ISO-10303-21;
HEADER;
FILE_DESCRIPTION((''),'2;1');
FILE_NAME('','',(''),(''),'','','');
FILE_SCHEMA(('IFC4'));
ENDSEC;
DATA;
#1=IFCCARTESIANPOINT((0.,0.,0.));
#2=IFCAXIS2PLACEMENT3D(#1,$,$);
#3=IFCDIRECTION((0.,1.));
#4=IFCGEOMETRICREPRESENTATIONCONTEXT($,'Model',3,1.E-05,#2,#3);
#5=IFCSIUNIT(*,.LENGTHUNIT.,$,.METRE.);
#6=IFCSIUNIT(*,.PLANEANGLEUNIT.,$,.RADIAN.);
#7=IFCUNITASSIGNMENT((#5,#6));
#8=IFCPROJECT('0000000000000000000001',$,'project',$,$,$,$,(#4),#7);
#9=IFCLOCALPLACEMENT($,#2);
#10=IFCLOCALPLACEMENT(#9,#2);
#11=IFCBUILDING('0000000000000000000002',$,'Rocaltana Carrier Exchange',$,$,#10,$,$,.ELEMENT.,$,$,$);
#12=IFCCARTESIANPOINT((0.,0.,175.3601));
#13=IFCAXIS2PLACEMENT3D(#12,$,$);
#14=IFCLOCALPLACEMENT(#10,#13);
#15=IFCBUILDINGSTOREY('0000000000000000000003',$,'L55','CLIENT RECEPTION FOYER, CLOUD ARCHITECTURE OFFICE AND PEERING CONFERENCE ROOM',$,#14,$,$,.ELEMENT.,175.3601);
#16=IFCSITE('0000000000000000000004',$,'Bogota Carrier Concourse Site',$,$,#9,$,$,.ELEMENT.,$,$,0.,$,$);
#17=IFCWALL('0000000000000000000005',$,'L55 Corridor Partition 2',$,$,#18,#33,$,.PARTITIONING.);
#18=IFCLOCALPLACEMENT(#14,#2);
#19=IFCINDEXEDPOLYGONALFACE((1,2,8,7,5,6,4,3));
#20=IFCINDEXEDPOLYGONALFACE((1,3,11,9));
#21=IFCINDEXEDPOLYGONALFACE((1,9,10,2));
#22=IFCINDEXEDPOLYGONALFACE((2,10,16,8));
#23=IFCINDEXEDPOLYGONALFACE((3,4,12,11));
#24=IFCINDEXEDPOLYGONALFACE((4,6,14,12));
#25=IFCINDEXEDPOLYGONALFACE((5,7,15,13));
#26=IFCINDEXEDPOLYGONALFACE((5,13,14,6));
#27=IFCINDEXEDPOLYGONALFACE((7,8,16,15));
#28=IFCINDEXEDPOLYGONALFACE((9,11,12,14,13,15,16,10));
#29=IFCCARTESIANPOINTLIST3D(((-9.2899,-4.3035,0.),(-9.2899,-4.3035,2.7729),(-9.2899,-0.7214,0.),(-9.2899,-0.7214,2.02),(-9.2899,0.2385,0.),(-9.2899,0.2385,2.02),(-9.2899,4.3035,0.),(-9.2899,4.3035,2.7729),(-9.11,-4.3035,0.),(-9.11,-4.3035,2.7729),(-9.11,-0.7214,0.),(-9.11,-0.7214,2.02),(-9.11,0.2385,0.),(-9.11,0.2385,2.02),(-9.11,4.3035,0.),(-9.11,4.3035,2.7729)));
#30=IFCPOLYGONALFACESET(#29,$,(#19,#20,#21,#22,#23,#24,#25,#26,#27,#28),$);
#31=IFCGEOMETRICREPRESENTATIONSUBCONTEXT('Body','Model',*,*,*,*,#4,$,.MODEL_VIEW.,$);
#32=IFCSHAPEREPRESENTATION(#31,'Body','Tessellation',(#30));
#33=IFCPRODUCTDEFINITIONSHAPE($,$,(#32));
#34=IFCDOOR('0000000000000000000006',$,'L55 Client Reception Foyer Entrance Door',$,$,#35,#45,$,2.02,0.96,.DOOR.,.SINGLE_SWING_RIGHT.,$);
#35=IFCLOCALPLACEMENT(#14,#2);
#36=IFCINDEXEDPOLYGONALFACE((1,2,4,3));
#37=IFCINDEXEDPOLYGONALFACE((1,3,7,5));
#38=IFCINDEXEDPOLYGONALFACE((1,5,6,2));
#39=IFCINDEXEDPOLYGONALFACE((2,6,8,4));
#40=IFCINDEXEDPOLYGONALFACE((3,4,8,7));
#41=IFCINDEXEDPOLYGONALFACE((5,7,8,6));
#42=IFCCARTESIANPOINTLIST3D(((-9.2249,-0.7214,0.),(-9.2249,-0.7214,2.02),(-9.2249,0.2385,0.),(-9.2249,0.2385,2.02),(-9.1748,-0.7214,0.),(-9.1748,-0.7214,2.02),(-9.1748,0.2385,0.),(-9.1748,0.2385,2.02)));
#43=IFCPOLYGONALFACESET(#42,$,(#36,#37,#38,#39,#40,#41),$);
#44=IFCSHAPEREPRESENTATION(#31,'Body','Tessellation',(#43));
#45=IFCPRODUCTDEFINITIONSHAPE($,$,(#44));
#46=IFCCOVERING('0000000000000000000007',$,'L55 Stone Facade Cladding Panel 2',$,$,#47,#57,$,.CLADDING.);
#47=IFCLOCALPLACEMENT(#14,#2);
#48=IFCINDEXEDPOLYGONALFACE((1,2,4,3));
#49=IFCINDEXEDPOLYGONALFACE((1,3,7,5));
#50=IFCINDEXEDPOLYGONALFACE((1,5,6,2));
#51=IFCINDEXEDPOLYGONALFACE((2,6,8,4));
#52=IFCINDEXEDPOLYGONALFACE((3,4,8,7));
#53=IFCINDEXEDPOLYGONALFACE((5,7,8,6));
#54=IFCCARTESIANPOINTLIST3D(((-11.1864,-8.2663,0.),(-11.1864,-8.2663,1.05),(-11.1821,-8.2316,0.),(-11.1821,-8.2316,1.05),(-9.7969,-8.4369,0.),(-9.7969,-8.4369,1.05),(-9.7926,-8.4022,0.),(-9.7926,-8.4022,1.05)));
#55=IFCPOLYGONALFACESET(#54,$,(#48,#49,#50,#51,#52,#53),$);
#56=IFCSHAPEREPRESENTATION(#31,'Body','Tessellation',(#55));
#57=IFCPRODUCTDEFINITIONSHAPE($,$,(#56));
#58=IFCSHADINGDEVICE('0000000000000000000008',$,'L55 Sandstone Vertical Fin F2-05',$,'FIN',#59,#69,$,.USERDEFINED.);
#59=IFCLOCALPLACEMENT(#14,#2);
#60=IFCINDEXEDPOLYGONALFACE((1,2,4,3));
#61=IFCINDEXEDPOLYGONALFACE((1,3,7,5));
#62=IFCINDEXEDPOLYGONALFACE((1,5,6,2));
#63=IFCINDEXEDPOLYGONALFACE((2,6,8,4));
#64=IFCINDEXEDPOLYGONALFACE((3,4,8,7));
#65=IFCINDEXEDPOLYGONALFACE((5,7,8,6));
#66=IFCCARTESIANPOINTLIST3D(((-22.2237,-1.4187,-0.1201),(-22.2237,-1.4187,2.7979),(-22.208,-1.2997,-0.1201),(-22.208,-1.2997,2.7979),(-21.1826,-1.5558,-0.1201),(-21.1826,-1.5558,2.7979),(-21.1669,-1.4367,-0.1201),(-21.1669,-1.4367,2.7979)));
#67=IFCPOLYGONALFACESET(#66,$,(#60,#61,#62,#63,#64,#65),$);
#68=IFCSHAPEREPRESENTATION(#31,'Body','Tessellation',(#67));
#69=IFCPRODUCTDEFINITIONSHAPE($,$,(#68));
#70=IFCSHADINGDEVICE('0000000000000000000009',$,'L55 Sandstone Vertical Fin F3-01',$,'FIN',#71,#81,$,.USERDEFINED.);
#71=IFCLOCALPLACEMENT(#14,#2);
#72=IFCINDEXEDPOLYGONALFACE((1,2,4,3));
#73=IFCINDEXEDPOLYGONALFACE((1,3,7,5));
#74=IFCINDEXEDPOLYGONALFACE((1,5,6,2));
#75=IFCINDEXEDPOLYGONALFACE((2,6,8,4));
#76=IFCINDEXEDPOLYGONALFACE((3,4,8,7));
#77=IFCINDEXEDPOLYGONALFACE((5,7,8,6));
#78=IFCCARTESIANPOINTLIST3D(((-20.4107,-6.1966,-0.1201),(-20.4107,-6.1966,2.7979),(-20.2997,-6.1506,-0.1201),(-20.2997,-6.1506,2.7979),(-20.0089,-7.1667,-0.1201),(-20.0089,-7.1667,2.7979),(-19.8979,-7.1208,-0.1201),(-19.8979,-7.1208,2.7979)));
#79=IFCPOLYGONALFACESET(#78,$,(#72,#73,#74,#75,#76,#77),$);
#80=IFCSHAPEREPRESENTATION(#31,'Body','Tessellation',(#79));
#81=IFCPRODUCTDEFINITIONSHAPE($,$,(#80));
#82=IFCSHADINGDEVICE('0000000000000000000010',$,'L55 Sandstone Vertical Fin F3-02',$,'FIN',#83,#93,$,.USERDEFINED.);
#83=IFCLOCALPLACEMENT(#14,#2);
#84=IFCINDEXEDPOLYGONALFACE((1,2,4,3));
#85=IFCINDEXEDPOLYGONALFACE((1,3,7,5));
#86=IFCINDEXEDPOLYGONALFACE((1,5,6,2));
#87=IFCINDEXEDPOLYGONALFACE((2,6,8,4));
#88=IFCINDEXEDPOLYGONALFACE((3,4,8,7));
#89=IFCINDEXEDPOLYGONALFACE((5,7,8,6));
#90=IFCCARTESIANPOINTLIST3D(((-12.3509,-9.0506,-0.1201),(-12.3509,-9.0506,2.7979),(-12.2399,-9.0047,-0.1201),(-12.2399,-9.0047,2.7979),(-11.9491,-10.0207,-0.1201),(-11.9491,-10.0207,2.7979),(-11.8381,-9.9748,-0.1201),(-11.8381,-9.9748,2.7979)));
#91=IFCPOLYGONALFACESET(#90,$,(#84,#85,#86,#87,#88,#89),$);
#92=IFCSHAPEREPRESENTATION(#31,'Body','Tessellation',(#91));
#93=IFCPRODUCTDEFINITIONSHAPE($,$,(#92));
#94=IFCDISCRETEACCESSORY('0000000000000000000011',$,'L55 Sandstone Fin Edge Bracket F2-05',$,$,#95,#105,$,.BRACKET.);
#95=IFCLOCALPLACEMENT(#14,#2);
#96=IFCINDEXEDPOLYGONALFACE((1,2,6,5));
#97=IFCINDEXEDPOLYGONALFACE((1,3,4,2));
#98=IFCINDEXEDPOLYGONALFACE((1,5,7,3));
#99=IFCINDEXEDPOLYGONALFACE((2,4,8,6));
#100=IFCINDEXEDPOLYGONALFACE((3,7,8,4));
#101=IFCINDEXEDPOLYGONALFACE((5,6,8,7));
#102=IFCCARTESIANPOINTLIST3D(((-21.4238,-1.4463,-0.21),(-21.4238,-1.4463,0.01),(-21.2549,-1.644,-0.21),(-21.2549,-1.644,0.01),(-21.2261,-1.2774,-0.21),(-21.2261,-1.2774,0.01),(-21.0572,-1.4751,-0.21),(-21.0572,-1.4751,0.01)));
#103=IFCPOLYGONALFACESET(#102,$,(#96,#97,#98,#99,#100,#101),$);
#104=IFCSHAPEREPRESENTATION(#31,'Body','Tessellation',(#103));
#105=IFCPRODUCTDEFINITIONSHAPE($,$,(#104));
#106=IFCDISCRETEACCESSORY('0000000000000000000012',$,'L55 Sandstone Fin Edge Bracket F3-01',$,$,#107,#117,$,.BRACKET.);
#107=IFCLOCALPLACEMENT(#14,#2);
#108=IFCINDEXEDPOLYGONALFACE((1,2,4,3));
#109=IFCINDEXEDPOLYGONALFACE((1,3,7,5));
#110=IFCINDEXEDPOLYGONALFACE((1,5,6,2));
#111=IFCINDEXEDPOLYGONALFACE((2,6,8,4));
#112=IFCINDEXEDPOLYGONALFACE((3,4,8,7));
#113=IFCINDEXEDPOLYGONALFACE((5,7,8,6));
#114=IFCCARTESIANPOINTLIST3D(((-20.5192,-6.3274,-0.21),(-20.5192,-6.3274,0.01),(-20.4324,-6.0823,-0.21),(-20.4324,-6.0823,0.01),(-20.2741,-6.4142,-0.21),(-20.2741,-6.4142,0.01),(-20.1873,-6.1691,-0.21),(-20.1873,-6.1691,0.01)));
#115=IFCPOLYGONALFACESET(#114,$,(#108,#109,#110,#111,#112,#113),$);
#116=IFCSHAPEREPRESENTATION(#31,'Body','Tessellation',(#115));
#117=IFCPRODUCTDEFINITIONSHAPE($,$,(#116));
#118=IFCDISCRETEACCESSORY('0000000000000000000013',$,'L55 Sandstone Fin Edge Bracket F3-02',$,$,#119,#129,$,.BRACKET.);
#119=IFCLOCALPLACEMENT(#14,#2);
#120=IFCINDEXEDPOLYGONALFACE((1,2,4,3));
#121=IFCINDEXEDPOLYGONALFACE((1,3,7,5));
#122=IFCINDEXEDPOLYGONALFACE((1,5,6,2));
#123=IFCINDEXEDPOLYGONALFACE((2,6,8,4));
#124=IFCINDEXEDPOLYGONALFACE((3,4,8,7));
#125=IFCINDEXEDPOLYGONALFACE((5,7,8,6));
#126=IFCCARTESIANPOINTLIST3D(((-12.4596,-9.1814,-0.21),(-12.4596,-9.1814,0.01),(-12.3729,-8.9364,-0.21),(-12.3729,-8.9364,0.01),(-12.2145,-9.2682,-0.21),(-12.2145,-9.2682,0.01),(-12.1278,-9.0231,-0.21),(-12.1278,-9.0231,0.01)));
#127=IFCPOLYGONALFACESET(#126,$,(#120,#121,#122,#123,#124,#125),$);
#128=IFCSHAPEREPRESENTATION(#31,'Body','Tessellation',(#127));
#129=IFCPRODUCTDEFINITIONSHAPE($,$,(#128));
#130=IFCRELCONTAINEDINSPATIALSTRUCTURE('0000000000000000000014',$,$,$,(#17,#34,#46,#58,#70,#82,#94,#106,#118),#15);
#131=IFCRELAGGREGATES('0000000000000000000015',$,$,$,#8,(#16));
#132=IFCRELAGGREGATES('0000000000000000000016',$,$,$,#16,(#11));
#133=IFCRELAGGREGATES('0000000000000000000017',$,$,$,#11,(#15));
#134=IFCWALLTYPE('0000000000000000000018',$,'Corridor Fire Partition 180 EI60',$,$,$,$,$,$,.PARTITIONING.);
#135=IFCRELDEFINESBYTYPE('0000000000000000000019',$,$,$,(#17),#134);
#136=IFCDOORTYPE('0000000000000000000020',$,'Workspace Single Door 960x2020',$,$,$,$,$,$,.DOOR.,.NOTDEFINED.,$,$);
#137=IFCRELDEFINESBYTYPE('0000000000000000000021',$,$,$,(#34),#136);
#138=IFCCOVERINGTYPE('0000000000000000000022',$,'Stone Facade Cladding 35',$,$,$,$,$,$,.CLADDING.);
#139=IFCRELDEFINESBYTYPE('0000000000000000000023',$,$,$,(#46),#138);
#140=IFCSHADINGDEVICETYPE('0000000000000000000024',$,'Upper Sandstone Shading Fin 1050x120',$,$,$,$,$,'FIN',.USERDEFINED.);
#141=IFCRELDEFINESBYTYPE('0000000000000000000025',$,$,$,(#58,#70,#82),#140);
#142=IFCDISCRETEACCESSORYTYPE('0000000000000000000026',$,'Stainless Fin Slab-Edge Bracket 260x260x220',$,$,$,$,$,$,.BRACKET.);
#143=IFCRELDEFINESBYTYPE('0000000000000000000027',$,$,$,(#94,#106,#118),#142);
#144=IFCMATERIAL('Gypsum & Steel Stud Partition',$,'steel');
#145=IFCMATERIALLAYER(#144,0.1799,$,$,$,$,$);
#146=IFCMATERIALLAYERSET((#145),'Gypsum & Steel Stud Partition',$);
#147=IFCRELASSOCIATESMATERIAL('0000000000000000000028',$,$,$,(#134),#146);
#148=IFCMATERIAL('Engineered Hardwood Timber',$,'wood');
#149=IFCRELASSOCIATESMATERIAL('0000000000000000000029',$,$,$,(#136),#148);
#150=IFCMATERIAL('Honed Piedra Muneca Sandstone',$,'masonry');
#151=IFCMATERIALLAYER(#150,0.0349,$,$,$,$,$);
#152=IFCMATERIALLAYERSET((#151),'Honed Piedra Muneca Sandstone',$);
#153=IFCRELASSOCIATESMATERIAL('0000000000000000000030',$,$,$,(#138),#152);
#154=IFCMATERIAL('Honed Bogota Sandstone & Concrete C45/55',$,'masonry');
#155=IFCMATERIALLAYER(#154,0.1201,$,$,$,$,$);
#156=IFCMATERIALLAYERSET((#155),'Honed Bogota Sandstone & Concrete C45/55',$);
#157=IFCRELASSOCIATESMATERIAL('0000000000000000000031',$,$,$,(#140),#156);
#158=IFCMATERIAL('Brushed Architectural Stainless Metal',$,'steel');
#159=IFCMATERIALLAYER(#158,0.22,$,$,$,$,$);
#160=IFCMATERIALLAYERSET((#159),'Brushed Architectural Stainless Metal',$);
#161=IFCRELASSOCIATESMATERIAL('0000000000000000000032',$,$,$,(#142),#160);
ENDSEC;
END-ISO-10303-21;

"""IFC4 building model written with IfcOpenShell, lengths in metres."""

from ifc_helpers import new_model, si_unit, direction, frame, frame_2d, origin, origin_2d, place, context, subcontext, project, spatial, rectangle, extrude, material, layer, layer_set, type_object, element, fill, save


model = new_model("IFC4")

# Units and contexts
model_context = context("Model", 3, precision=1e-05, world=origin(), true_north=direction((0.0, 1.0)))
body_context = subcontext(model_context, "Body", "Model", "MODEL_VIEW")
ifc_project = project(units=[si_unit("LENGTHUNIT", "METRE"), si_unit("PLANEANGLEUNIT", "RADIAN")], contexts=[model_context])

# Site, building, storey
site_placement = place(None, origin())
site = spatial("IfcSite", under=ifc_project, at=site_placement, Name="Bogota Carrier Concourse Site", CompositionType="ELEMENT", RefElevation=0.0)
building_placement = place(site_placement, origin())
building = spatial("IfcBuilding", under=site, at=building_placement, Name="Rocaltana Carrier Exchange", CompositionType="ELEMENT")
storey_placement = place(building_placement, frame((0.0, 0.0, 175.3601)))
storey = spatial("IfcBuildingStorey", under=building, at=storey_placement, Name="L55", Description="CLIENT RECEPTION FOYER, CLOUD ARCHITECTURE OFFICE AND PEERING CONFERENCE ROOM", CompositionType="ELEMENT", Elevation=175.3601)

# Wall, opening, door
ifc_material_1 = material(Name="Gypsum & Steel Stud Partition", Category="steel")
ifc_layer_1 = layer(ifc_material_1, 0.1799)
ifc_layer_set_1 = layer_set([ifc_layer_1], Name="Gypsum & Steel Stud Partition")
wall_type_1 = type_object("IfcWallType", Name="Corridor Fire Partition 180 EI60", PredefinedType="PARTITIONING", material=ifc_layer_set_1)
wall_1_placement = place(storey_placement, frame((-9.2, -4.3035, 0.0), z_axis=(0.0, 0.0, 1.0), x_axis=(0.0, 1.0, 0.0)))
wall_1 = element("IfcWall", 1, at=wall_1_placement, inside=storey, type_object=wall_type_1, Name="L55 Corridor Partition 2", PredefinedType="PARTITIONING", context=body_context, shape_type="SweptSolid", body=[
    extrude(rectangle(XDim=8.6069, YDim=0.1799, at=frame_2d((4.3035, 0.0))), origin(), (0.0, 0.0, 1.0), 2.7729),
])
opening_placement = place(wall_1_placement, frame((3.582, 0.0, 0.0)))
opening = element("IfcOpeningElement", 2, at=opening_placement, cuts=wall_1, PredefinedType="OPENING", context=body_context, shape_type="SweptSolid", body=[
    extrude(rectangle(XDim=0.96, YDim=2.02, at=frame_2d((0.48, 1.01))), frame((0.0, 0.0999, 0.0), z_axis=(0.0, -1.0, 0.0), x_axis=(1.0, 0.0, 0.0)), (0.0, 0.0, 1.0), 0.2),
])
ifc_material_2 = material(Name="Engineered Hardwood Timber", Category="wood")
door_type = type_object("IfcDoorType", Name="Workspace Single Door 960x2020", OperationType="NOTDEFINED", PredefinedType="DOOR", material=ifc_material_2)
door_placement = place(opening_placement, origin())
door = element("IfcDoor", 3, at=door_placement, inside=storey, type_object=door_type, Name="L55 Client Reception Foyer Entrance Door", OperationType="SINGLE_SWING_RIGHT", OverallHeight=2.02, OverallWidth=0.96, PredefinedType="DOOR", context=body_context, shape_type="SweptSolid", body=[
    extrude(rectangle(XDim=0.96, YDim=2.02, at=frame_2d((0.48, 1.01))), frame((0.0, 0.0249, 0.0), z_axis=(0.0, -1.0, 0.0), x_axis=(1.0, 0.0, 0.0)), (0.0, 0.0, 1.0), 0.05),
])
fill(opening, door)

# Covering
ifc_material_3 = material(Name="Honed Piedra Muneca Sandstone", Category="masonry")
ifc_layer_2 = layer(ifc_material_3, 0.0349)
ifc_layer_set_2 = layer_set([ifc_layer_2], Name="Honed Piedra Muneca Sandstone")
covering_type = type_object("IfcCoveringType", Name="Stone Facade Cladding 35", PredefinedType="CLADDING", material=ifc_layer_set_2)
covering_placement = place(storey_placement, frame((-10.4895, -8.3342, 0.0), z_axis=(0.0, 0.0, 1.0), x_axis=(-0.992546, 0.121869, 0.0)))
element("IfcCovering", 4, at=covering_placement, inside=storey, type_object=covering_type, Name="L55 Stone Facade Cladding Panel 2", PredefinedType="CLADDING", context=body_context, shape_type="SweptSolid", body=[
    extrude(rectangle(XDim=1.3999, YDim=0.0349, at=origin_2d()), origin(), (0.0, 0.0, 1.0), 1.05),
])

# Shading devices
ifc_material_4 = material(Name="Honed Bogota Sandstone & Concrete C45/55", Category="masonry")
ifc_layer_3 = layer(ifc_material_4, 0.1201)
ifc_layer_set_3 = layer_set([ifc_layer_3], Name="Honed Bogota Sandstone & Concrete C45/55")
shading_device_type = type_object("IfcShadingDeviceType", Name="Upper Sandstone Shading Fin 1050x120", ElementType="FIN", PredefinedType="USERDEFINED", material=ifc_layer_set_3)
for number, where, z_axis, x_axis, name in (
    (5, (-21.6953, -1.4277, -0.1201), (0.0, 0.0, 1.0), (-0.991445, 0.130526, 0.0), "L55 Sandstone Vertical Fin F2-05"),
    (6, (-20.1543, -6.6587, -0.1201), (0.0, 0.0, 1.0), (0.382683, -0.92388, 0.0), "L55 Sandstone Vertical Fin F3-01"),
    (7, (-12.0945, -9.5127, -0.1201), (0.0, 0.0, 1.0), (0.382683, -0.92388, 0.0), "L55 Sandstone Vertical Fin F3-02"),
):
    element("IfcShadingDevice", number, at=place(storey_placement, frame(where, z_axis=z_axis, x_axis=x_axis)), inside=storey, type_object=shading_device_type, Name=name, ObjectType="FIN", PredefinedType="USERDEFINED", context=body_context, shape_type="SweptSolid", body=[
        extrude(rectangle(XDim=1.05, YDim=0.1201, at=origin_2d()), origin(), (0.0, 0.0, 1.0), 2.918),
    ])

# Discrete accessories
ifc_material_5 = material(Name="Brushed Architectural Stainless Metal", Category="steel")
ifc_layer_4 = layer(ifc_material_5, 0.22)
ifc_layer_set_4 = layer_set([ifc_layer_4], Name="Brushed Architectural Stainless Metal")
discrete_accessory_type = type_object("IfcDiscreteAccessoryType", Name="Stainless Fin Slab-Edge Bracket 260x260x220", PredefinedType="BRACKET", material=ifc_layer_set_4)
for number, where, z_axis, x_axis, name in (
    (8, (-21.2405, -1.4607, -0.21), (0.0, 0.0, 1.0), (-0.760406, -0.649448, 0.0), "L55 Sandstone Fin Edge Bracket F2-05"),
    (9, (-20.3533, -6.2483, -0.21), (0.0, 0.0, 1.0), (0.942641, -0.333807, 0.0), "L55 Sandstone Fin Edge Bracket F3-01"),
    (10, (-12.2937, -9.1023, -0.21), (0.0, 0.0, 1.0), (0.942641, -0.333807, 0.0), "L55 Sandstone Fin Edge Bracket F3-02"),
):
    element("IfcDiscreteAccessory", number, at=place(storey_placement, frame(where, z_axis=z_axis, x_axis=x_axis)), inside=storey, type_object=discrete_accessory_type, Name=name, PredefinedType="BRACKET", context=body_context, shape_type="SweptSolid", body=[
        extrude(rectangle(XDim=0.26, YDim=0.26, at=origin_2d()), origin(), (0.0, 0.0, 1.0), 0.22),
    ])

save(model, "model.ifc")
